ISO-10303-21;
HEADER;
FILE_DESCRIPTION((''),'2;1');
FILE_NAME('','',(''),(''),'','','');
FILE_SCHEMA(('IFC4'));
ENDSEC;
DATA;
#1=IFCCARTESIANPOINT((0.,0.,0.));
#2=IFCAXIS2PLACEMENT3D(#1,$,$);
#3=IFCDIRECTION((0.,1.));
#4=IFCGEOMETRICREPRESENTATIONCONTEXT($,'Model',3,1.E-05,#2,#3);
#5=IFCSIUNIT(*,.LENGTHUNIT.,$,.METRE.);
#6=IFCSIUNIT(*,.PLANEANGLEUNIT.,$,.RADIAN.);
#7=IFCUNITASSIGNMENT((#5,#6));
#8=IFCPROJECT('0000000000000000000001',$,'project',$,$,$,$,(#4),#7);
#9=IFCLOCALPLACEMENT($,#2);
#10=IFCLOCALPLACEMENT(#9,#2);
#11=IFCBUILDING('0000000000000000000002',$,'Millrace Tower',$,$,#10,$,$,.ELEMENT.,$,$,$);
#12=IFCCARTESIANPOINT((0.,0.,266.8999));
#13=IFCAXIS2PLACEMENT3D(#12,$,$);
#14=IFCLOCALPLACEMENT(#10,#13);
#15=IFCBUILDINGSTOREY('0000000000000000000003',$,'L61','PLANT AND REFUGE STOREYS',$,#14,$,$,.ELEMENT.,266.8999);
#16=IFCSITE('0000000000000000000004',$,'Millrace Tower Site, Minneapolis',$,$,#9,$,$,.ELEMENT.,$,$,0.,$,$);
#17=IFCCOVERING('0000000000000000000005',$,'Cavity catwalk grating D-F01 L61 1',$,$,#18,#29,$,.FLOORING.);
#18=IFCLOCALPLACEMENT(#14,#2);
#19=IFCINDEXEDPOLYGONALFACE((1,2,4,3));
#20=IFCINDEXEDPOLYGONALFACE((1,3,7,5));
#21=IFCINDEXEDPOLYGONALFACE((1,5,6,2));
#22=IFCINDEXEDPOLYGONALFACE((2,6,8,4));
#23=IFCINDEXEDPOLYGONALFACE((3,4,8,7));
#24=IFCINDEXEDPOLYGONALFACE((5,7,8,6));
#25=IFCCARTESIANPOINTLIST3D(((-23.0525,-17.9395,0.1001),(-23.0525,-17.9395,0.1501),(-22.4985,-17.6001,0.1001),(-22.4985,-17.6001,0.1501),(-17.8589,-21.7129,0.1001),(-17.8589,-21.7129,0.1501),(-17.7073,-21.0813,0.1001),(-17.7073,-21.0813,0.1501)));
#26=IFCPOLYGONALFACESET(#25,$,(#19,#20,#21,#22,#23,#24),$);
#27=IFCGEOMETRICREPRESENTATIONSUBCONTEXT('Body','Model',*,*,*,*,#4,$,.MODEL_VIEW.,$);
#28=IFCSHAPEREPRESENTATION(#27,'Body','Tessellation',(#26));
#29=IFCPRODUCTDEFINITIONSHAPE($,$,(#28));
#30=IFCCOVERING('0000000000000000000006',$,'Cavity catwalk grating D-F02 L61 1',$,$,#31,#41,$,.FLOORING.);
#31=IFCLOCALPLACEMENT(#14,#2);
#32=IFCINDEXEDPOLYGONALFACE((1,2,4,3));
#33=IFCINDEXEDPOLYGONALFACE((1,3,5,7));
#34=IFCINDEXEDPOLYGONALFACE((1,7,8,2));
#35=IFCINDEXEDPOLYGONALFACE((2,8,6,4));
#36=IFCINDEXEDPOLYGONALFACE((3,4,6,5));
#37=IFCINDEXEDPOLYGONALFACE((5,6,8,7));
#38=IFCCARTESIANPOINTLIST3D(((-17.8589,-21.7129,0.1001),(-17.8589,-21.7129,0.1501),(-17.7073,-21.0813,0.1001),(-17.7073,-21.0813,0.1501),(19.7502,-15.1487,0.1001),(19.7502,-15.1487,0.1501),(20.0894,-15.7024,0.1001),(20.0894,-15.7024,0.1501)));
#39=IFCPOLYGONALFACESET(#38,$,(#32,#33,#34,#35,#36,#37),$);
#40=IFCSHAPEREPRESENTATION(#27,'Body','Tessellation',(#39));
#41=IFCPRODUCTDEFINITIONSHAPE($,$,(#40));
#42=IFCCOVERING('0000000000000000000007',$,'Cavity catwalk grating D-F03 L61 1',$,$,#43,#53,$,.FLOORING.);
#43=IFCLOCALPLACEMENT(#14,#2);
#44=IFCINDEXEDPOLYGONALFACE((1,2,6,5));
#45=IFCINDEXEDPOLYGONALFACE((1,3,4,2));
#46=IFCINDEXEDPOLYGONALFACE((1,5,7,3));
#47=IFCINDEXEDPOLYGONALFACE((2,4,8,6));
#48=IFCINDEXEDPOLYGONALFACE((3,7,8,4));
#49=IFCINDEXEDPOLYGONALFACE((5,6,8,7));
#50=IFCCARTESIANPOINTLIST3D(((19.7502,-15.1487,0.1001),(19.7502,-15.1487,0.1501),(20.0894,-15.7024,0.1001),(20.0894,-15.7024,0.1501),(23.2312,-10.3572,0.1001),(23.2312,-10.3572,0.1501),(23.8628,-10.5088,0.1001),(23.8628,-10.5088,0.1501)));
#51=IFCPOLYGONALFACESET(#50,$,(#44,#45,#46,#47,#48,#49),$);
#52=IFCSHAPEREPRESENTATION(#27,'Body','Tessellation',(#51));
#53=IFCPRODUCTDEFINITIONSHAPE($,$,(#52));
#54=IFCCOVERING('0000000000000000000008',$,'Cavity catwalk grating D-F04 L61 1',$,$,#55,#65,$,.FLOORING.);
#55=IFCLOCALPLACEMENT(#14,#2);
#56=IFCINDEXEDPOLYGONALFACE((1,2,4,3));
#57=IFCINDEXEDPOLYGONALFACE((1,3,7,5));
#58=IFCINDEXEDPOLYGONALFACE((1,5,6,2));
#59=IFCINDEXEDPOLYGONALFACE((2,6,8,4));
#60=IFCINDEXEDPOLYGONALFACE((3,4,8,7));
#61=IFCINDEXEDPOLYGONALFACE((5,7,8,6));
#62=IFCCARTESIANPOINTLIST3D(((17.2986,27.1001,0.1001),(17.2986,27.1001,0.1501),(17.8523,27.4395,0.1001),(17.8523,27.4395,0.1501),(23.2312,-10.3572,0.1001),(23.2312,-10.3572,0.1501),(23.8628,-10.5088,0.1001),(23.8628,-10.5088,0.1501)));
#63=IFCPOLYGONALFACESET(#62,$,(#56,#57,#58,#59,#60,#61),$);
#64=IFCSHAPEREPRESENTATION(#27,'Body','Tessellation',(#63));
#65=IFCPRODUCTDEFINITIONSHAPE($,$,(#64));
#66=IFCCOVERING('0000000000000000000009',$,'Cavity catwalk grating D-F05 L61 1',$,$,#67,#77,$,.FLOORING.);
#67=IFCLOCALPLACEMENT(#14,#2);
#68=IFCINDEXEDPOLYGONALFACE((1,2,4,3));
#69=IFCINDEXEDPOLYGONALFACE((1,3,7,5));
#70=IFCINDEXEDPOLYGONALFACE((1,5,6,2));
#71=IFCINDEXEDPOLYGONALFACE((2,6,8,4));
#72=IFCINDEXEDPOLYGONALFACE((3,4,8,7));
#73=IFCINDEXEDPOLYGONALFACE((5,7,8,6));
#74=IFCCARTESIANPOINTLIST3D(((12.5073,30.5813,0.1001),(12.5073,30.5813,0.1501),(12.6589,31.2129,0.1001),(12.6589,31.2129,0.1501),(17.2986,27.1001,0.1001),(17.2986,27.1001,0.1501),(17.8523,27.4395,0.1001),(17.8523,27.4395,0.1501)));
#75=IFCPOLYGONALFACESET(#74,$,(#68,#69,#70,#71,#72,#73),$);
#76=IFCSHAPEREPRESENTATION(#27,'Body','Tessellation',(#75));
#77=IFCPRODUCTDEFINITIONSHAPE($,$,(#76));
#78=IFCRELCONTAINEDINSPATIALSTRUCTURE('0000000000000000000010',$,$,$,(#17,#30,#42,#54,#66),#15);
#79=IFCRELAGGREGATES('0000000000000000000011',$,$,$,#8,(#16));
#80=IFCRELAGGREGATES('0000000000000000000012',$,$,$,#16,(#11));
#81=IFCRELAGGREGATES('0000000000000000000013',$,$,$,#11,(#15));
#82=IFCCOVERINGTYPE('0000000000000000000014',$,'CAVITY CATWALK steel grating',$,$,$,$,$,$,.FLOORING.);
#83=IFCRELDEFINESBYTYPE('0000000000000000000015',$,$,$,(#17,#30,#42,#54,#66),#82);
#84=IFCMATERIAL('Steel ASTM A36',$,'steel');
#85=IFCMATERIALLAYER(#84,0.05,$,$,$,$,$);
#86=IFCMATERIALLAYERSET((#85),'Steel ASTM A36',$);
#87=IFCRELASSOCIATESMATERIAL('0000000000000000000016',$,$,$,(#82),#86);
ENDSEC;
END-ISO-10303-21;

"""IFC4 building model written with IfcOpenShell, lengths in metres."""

from ifc_helpers import new_model, si_unit, direction, frame, origin, place, context, subcontext, project, spatial, polyline, outline, extrude, material, layer, layer_set, type_object, element, save


model = new_model("IFC4")

# Units and contexts
model_context = context("Model", 3, precision=1e-05, world=origin(), true_north=direction((0.0, 1.0)))
body_context = subcontext(model_context, "Body", "Model", "MODEL_VIEW")
ifc_project = project(units=[si_unit("LENGTHUNIT", "METRE"), si_unit("PLANEANGLEUNIT", "RADIAN")], contexts=[model_context])

# Site, building, storey
site_placement = place(None, origin())
site = spatial("IfcSite", under=ifc_project, at=site_placement, Name="Millrace Tower Site, Minneapolis", CompositionType="ELEMENT", RefElevation=0.0)
building_placement = place(site_placement, origin())
building = spatial("IfcBuilding", under=site, at=building_placement, Name="Millrace Tower", CompositionType="ELEMENT")
storey_placement = place(building_placement, frame((0.0, 0.0, 266.8999)))
storey = spatial("IfcBuildingStorey", under=building, at=storey_placement, Name="L61", Description="PLANT AND REFUGE STOREYS", CompositionType="ELEMENT", Elevation=266.8999)

# Coverings
ifc_material_1 = material(Name="Steel ASTM A36", Category="steel")
ifc_layer_1 = layer(ifc_material_1, 0.05)
ifc_layer_set_1 = layer_set([ifc_layer_1], Name="Steel ASTM A36")
covering_type = type_object("IfcCoveringType", Name="CAVITY CATWALK steel grating", PredefinedType="FLOORING", material=ifc_layer_set_1)
placement_1 = place(storey_placement, frame((0.0, 0.0, 0.1001)))
element("IfcCovering", 1, at=placement_1, inside=storey, type_object=covering_type, Name="Cavity catwalk grating D-F01 L61 1", PredefinedType="FLOORING", context=body_context, shape_type="SweptSolid", body=[
    extrude(outline(polyline([(-23.0525, -17.9395), (-17.8589, -21.7129), (-17.7073, -21.0813), (-22.4985, -17.6001), (-23.0525, -17.9395)])), origin(), (0.0, 0.0, 1.0), 0.05),
])
element("IfcCovering", 2, at=placement_1, inside=storey, type_object=covering_type, Name="Cavity catwalk grating D-F02 L61 1", PredefinedType="FLOORING", context=body_context, shape_type="SweptSolid", body=[
    extrude(outline(polyline([(-17.8589, -21.7129), (20.0894, -15.7024), (19.7502, -15.1487), (-17.7073, -21.0813), (-17.8589, -21.7129)])), origin(), (0.0, 0.0, 1.0), 0.05),
])
element("IfcCovering", 3, at=placement_1, inside=storey, type_object=covering_type, Name="Cavity catwalk grating D-F03 L61 1", PredefinedType="FLOORING", context=body_context, shape_type="SweptSolid", body=[
    extrude(outline(polyline([(20.0894, -15.7024), (23.8628, -10.5088), (23.2312, -10.3572), (19.7502, -15.1487), (20.0894, -15.7024)])), origin(), (0.0, 0.0, 1.0), 0.05),
])
element("IfcCovering", 4, at=placement_1, inside=storey, type_object=covering_type, Name="Cavity catwalk grating D-F04 L61 1", PredefinedType="FLOORING", context=body_context, shape_type="SweptSolid", body=[
    extrude(outline(polyline([(23.8628, -10.5088), (17.8523, 27.4395), (17.2986, 27.1001), (23.2312, -10.3572), (23.8628, -10.5088)])), origin(), (0.0, 0.0, 1.0), 0.05),
])
element("IfcCovering", 5, at=placement_1, inside=storey, type_object=covering_type, Name="Cavity catwalk grating D-F05 L61 1", PredefinedType="FLOORING", context=body_context, shape_type="SweptSolid", body=[
    extrude(outline(polyline([(17.8523, 27.4395), (12.6589, 31.2129), (12.5073, 30.5813), (17.2986, 27.1001), (17.8523, 27.4395)])), origin(), (0.0, 0.0, 1.0), 0.05),
])

save(model, "model.ifc")
